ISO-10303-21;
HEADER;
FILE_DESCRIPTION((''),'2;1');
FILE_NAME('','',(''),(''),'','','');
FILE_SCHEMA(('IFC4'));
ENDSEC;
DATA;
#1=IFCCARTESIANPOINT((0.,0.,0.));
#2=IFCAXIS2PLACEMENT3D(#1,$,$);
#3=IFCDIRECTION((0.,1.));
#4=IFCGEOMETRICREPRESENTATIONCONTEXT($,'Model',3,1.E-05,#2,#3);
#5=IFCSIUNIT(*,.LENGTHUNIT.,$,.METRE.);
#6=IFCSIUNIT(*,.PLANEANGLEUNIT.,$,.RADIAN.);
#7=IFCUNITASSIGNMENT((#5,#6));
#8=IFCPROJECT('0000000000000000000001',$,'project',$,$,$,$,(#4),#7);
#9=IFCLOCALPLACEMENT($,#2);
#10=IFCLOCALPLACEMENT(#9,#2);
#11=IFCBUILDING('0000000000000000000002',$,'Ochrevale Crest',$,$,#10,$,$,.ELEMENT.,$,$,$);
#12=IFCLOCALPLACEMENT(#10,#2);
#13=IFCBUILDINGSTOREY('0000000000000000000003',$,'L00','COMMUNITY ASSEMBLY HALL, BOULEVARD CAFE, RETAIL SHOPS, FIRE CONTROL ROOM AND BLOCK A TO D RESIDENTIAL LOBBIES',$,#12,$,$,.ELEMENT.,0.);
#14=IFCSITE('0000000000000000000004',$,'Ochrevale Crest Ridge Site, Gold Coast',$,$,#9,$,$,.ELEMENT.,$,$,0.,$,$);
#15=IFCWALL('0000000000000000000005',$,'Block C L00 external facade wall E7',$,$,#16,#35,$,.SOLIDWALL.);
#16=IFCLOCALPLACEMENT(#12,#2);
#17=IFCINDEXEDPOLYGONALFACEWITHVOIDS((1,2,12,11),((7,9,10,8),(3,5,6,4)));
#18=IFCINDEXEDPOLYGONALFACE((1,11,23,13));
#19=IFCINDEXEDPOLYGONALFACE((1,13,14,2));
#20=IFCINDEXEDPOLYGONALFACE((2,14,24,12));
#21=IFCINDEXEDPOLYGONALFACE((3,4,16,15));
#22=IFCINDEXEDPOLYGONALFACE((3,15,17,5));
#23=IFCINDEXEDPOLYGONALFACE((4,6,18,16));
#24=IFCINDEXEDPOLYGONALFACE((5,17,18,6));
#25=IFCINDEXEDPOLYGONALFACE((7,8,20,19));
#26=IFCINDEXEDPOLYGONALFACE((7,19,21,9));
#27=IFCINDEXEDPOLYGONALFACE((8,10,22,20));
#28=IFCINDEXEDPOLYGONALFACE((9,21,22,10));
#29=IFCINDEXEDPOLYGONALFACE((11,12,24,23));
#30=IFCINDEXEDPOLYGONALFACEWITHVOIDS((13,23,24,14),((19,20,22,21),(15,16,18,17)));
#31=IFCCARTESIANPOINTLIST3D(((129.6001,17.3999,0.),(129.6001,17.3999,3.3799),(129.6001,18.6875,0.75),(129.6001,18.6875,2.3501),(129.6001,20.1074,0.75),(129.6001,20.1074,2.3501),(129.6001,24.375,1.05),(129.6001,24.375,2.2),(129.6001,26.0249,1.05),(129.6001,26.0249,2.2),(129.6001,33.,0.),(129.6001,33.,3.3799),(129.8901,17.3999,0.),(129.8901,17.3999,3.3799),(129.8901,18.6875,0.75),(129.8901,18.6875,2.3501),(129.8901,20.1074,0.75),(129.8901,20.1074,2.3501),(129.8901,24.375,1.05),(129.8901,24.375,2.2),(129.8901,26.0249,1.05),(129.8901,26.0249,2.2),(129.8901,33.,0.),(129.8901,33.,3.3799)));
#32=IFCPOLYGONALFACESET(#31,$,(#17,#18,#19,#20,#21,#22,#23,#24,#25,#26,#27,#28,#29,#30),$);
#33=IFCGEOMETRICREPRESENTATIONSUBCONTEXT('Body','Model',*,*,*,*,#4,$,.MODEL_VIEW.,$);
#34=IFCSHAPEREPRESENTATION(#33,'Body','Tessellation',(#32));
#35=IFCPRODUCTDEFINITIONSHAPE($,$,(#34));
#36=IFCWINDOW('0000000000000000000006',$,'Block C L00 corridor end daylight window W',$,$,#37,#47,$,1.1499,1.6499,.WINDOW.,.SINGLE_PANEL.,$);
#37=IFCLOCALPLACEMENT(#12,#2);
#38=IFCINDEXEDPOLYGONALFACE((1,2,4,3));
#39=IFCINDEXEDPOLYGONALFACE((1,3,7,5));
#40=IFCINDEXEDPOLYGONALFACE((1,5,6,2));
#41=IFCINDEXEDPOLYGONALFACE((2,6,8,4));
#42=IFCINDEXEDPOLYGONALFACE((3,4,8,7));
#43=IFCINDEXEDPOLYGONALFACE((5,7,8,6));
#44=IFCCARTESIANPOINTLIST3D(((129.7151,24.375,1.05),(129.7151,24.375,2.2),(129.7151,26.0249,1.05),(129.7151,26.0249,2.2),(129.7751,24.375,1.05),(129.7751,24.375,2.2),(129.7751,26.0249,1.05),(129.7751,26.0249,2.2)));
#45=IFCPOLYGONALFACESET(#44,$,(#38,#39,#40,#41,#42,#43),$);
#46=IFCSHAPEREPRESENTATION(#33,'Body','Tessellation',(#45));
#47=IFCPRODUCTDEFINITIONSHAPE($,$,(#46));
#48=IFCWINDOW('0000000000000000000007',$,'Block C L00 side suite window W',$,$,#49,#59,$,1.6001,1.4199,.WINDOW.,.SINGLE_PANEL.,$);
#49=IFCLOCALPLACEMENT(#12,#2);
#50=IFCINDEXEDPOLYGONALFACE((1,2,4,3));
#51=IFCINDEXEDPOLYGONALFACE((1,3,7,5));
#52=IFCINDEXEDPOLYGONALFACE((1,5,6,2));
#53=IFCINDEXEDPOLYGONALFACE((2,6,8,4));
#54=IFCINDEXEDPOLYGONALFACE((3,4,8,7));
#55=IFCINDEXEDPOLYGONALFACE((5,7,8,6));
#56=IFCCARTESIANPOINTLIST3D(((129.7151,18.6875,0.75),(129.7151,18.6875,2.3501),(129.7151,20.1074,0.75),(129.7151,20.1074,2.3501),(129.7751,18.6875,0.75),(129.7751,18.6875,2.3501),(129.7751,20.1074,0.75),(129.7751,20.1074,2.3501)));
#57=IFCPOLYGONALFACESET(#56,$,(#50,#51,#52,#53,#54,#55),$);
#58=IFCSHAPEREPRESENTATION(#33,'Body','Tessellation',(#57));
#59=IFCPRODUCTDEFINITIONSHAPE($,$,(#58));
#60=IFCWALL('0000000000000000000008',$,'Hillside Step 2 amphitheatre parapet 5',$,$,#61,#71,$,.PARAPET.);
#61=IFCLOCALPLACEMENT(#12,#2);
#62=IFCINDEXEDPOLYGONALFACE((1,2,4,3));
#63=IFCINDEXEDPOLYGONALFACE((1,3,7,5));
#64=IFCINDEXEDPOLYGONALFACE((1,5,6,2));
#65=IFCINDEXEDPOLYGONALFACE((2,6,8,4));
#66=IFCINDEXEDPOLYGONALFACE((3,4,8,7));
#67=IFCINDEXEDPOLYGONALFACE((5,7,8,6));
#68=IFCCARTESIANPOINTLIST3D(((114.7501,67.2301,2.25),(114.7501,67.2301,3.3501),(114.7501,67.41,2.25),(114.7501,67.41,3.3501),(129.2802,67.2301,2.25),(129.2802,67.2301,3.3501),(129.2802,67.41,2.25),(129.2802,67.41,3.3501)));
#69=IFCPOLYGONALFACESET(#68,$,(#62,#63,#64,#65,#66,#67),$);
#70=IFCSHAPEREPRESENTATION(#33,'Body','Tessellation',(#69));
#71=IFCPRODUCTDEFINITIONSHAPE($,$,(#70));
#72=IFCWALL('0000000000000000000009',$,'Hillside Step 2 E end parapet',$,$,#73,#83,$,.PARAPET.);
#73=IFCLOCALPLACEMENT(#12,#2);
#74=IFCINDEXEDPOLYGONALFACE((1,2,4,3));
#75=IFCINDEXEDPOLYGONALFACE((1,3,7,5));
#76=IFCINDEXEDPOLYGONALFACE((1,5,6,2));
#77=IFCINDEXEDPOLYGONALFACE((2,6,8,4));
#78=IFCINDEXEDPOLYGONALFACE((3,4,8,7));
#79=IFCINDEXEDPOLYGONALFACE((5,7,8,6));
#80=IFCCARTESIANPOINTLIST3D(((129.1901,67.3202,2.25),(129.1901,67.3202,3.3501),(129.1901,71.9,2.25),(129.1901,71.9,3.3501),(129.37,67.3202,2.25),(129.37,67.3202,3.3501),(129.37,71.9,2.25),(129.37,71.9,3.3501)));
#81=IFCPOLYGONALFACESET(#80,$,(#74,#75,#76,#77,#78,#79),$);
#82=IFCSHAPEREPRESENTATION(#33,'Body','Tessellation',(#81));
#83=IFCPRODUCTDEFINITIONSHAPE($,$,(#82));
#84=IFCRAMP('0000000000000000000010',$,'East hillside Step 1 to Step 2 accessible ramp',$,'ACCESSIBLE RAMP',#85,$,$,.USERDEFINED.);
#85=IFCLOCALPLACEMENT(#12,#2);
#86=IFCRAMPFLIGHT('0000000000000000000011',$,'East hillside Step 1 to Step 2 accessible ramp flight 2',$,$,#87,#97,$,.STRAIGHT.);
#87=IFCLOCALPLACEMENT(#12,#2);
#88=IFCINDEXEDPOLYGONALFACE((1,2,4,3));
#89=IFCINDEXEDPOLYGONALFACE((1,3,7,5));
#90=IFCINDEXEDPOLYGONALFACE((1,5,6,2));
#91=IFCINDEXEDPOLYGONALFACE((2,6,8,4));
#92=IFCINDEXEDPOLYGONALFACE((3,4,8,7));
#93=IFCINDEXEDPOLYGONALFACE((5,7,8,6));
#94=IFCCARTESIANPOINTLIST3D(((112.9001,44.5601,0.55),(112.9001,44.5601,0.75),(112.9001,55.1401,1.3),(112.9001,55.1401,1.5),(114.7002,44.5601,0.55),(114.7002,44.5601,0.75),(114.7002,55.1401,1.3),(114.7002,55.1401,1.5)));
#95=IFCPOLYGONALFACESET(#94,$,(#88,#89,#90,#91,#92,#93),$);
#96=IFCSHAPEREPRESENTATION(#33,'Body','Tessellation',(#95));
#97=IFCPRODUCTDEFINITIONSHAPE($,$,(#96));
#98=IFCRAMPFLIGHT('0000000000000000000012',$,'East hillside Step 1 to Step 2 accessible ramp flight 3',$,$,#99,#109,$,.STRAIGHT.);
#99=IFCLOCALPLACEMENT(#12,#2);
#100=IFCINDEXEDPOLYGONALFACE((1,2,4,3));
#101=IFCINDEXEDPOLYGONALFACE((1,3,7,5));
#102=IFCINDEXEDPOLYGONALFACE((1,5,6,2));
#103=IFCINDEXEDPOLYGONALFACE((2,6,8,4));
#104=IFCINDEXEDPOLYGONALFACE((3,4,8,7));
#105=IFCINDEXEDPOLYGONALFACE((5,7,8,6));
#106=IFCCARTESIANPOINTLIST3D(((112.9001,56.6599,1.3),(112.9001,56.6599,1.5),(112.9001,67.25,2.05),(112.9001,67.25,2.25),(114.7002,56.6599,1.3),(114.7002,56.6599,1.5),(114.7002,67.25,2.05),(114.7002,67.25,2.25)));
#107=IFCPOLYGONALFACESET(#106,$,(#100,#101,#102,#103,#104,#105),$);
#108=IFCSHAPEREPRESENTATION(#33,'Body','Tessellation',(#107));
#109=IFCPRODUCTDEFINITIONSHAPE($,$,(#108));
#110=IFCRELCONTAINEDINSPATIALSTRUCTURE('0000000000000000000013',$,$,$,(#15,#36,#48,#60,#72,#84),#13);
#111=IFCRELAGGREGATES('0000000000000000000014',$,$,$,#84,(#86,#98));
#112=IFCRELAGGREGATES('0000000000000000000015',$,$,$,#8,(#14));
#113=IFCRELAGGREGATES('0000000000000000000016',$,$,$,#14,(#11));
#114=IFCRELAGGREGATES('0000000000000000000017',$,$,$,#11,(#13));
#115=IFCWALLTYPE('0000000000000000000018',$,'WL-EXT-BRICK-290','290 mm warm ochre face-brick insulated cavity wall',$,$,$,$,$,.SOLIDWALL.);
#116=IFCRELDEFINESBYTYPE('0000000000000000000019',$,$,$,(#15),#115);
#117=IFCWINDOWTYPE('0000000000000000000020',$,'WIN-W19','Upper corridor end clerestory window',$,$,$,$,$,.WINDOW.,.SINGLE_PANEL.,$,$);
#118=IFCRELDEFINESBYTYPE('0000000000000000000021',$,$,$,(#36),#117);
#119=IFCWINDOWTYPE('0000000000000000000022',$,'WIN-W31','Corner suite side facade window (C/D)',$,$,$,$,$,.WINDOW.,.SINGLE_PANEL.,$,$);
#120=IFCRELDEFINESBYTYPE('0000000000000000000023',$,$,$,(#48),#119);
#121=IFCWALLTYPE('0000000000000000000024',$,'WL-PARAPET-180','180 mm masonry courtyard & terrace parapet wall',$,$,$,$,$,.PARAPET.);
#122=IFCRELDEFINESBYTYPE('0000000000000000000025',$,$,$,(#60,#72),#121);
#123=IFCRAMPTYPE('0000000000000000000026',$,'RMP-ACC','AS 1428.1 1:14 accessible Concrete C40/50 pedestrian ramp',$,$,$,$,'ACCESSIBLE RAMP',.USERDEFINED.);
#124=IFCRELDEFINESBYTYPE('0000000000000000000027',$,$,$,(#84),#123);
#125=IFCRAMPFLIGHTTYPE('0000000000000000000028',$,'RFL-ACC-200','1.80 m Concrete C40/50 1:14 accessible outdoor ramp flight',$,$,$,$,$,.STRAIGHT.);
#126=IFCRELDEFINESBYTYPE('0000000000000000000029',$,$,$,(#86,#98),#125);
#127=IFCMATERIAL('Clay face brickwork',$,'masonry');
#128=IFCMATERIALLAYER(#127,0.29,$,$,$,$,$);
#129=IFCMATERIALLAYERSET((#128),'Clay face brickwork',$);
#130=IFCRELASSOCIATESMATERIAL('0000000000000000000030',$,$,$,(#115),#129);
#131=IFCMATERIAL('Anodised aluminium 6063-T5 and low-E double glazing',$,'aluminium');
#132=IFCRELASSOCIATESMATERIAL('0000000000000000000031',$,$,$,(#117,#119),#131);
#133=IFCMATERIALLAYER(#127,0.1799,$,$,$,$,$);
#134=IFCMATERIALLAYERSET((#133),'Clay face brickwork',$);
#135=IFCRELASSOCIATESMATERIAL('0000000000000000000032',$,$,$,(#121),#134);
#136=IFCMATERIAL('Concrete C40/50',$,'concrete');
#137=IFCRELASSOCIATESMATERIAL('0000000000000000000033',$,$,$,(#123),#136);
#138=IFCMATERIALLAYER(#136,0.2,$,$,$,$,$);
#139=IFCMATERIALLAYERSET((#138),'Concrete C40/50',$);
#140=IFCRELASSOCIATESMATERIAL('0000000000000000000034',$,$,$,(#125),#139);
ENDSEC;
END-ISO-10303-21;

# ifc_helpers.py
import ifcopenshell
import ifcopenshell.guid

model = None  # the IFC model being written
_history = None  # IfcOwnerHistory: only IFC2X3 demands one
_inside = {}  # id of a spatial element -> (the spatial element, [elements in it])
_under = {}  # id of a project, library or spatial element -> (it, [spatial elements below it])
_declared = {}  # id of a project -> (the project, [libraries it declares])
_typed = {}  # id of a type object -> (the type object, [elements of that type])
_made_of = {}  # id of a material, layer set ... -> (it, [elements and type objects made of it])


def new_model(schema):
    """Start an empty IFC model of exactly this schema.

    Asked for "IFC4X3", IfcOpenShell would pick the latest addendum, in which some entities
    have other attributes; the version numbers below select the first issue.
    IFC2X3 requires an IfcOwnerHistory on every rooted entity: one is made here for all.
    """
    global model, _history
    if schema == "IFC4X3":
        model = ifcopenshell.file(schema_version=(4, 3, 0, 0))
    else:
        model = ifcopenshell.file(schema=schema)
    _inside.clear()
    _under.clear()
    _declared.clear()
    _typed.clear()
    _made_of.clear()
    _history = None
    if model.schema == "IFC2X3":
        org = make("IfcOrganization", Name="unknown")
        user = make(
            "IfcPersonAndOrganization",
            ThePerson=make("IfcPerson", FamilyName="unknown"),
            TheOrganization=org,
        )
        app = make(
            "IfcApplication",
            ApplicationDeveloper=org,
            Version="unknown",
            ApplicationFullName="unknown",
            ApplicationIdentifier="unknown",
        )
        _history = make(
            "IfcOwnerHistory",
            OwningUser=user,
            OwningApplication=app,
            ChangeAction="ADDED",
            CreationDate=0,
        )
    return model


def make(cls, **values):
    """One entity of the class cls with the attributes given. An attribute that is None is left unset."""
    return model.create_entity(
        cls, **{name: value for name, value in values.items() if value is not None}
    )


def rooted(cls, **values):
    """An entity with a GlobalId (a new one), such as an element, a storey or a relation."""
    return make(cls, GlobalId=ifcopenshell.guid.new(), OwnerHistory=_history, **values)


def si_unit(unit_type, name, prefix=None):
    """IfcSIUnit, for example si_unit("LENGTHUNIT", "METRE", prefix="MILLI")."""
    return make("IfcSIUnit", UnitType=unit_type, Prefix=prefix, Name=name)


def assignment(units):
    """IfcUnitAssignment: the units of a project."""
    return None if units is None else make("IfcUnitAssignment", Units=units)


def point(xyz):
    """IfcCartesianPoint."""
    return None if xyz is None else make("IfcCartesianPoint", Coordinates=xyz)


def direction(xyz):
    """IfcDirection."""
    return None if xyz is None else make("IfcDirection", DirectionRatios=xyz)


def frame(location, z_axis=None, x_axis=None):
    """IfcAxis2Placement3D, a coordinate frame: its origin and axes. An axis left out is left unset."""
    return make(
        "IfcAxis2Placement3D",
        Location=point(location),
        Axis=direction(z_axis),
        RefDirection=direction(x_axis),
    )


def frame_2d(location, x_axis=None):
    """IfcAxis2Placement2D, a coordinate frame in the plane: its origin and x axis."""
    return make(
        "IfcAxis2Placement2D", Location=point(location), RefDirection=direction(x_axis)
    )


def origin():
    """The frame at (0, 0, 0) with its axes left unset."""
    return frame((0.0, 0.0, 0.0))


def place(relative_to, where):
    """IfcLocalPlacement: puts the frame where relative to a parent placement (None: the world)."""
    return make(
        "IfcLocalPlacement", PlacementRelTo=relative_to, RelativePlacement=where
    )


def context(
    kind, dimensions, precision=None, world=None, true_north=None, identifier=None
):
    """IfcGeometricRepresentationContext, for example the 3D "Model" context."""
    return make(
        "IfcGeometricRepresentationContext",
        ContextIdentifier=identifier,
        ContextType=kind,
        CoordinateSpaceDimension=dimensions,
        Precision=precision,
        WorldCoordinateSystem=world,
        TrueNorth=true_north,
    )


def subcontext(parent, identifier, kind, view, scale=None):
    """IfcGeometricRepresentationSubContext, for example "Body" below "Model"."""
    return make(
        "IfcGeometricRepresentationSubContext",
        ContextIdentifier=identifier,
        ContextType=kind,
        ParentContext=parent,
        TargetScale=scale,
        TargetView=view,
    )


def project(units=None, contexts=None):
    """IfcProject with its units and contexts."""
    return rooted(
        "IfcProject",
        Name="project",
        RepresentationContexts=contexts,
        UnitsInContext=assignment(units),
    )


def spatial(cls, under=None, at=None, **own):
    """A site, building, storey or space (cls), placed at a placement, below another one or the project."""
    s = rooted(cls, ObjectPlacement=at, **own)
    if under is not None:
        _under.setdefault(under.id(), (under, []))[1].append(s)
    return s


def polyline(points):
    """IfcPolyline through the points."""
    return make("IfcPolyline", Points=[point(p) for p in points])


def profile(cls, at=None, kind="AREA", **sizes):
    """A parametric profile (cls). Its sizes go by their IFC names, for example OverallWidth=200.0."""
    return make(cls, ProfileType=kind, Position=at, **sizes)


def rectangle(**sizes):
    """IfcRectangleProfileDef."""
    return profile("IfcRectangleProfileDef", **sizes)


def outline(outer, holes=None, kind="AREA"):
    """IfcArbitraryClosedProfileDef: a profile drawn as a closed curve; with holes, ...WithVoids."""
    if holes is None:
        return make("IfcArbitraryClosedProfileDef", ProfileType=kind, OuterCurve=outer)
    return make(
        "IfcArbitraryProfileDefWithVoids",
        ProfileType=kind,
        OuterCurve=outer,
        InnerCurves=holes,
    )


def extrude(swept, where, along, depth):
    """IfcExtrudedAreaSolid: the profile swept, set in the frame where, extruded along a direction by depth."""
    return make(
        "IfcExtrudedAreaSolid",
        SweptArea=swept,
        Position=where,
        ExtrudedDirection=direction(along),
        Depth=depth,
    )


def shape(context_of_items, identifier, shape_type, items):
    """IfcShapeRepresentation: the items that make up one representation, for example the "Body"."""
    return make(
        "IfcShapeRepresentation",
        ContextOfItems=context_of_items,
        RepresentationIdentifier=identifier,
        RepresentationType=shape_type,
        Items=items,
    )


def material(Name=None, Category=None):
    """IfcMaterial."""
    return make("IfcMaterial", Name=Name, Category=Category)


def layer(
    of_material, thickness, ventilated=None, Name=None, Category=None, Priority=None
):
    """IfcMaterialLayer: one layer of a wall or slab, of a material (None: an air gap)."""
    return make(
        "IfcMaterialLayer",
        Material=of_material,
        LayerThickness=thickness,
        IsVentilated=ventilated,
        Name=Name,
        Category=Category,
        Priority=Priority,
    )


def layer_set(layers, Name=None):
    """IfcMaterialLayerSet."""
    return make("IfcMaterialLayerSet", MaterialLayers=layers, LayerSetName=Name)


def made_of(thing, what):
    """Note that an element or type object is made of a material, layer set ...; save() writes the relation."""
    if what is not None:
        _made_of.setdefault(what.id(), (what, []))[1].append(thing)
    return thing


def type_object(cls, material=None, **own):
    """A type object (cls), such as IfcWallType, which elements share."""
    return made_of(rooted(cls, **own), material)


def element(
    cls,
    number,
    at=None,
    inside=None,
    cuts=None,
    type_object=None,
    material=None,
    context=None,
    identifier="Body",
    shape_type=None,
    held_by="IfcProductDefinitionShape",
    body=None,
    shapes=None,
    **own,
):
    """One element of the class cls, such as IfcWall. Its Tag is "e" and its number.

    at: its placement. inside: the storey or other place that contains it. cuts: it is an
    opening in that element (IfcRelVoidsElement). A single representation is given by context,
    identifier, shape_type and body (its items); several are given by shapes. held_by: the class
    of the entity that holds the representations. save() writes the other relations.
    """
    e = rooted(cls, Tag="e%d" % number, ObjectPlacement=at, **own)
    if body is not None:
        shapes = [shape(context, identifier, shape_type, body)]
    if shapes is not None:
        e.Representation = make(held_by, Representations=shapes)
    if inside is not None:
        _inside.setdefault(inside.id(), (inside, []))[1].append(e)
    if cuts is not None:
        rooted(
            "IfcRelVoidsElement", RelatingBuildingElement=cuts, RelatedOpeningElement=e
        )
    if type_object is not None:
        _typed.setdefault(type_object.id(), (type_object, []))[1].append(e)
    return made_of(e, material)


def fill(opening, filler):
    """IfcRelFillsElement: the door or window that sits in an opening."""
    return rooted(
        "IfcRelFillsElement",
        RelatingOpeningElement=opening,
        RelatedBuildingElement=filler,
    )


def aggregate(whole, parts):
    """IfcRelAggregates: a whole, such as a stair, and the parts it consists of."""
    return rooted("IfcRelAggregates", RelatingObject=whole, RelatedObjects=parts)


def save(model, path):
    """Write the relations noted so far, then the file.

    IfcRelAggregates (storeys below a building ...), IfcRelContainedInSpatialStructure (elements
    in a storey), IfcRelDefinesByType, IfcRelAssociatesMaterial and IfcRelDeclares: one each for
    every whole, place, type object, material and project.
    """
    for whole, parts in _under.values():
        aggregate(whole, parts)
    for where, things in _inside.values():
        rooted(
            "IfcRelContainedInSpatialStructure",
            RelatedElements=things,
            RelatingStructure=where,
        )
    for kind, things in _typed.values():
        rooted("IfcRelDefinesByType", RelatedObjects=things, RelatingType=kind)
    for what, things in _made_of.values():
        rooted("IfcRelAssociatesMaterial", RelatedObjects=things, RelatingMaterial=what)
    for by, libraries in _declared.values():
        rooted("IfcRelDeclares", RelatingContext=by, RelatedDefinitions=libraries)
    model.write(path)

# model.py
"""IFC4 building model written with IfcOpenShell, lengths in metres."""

from ifc_helpers import new_model, si_unit, direction, frame, frame_2d, origin, place, context, subcontext, project, spatial, polyline, rectangle, outline, extrude, material, layer, layer_set, type_object, element, fill, aggregate, save


model = new_model("IFC4")

# Units and contexts
model_context = context("Model", 3, precision=1e-05, world=origin(), true_north=direction((0.0, 1.0)))
body_context = subcontext(model_context, "Body", "Model", "MODEL_VIEW")
ifc_project = project(units=[si_unit("LENGTHUNIT", "METRE"), si_unit("PLANEANGLEUNIT", "RADIAN")], contexts=[model_context])

# Site, building, storey
site_placement = place(None, origin())
site = spatial("IfcSite", under=ifc_project, at=site_placement, Name="Ochrevale Crest Ridge Site, Gold Coast", CompositionType="ELEMENT", RefElevation=0.0)
building_placement = place(site_placement, origin())
building = spatial("IfcBuilding", under=site, at=building_placement, Name="Ochrevale Crest", CompositionType="ELEMENT")
storey_placement = place(building_placement, origin())
storey = spatial("IfcBuildingStorey", under=building, at=storey_placement, Name="L00", Description="COMMUNITY ASSEMBLY HALL, BOULEVARD CAFE, RETAIL SHOPS, FIRE CONTROL ROOM AND BLOCK A TO D RESIDENTIAL LOBBIES", CompositionType="ELEMENT", Elevation=0.0)

# Shared definitions
ifc_material_1 = material(Name="Clay face brickwork", Category="masonry")
ifc_layer_1 = layer(ifc_material_1, 0.29)
ifc_layer_set_1 = layer_set([ifc_layer_1], Name="Clay face brickwork")
wall_type_1 = type_object("IfcWallType", Name="WL-EXT-BRICK-290", Description="290 mm warm ochre face-brick insulated cavity wall", PredefinedType="SOLIDWALL", material=ifc_layer_set_1)
ifc_material_2 = material(Name="Anodised aluminium 6063-T5 and low-E double glazing", Category="aluminium")

# Wall, openings, windows
wall_1_placement = place(storey_placement, frame((129.7451, 33.0, 0.0), z_axis=(0.0, 0.0, 1.0), x_axis=(0.0, -1.0, 0.0)))
wall_1 = element("IfcWall", 1, at=wall_1_placement, inside=storey, type_object=wall_type_1, Name="Block C L00 external facade wall E7", PredefinedType="SOLIDWALL", context=body_context, shape_type="SweptSolid", body=[
    extrude(rectangle(XDim=15.6001, YDim=0.29, at=frame_2d((7.8, 0.0))), origin(), (0.0, 0.0, 1.0), 3.3799),
])
opening_1_placement = place(wall_1_placement, frame((6.9751, 0.0, 1.05)))
opening_1 = element("IfcOpeningElement", 2, at=opening_1_placement, cuts=wall_1, PredefinedType="OPENING", context=body_context, shape_type="SweptSolid", body=[
    extrude(rectangle(XDim=1.6499, YDim=1.1499, at=frame_2d((0.825, 0.575))), frame((0.0, 0.155, 0.0), z_axis=(0.0, -1.0, 0.0), x_axis=(1.0, 0.0, 0.0)), (0.0, 0.0, 1.0), 0.3101),
])
opening_2_placement = place(wall_1_placement, frame((12.8926, 0.0, 0.75)))
opening_2 = element("IfcOpeningElement", 3, at=opening_2_placement, cuts=wall_1, PredefinedType="OPENING", context=body_context, shape_type="SweptSolid", body=[
    extrude(rectangle(XDim=1.4199, YDim=1.6001, at=frame_2d((0.71, 0.8))), frame((0.0, 0.155, 0.0), z_axis=(0.0, -1.0, 0.0), x_axis=(1.0, 0.0, 0.0)), (0.0, 0.0, 1.0), 0.3101),
])
window_type_1 = type_object("IfcWindowType", Name="WIN-W19", Description="Upper corridor end clerestory window", PartitioningType="SINGLE_PANEL", PredefinedType="WINDOW", material=ifc_material_2)
window_1_placement = place(opening_1_placement, origin())
window_1 = element("IfcWindow", 4, at=window_1_placement, inside=storey, type_object=window_type_1, Name="Block C L00 corridor end daylight window W", OverallHeight=1.1499, OverallWidth=1.6499, PartitioningType="SINGLE_PANEL", PredefinedType="WINDOW", context=body_context, shape_type="SweptSolid", body=[
    extrude(rectangle(XDim=1.6499, YDim=1.1499, at=frame_2d((0.825, 0.575))), frame((0.0, 0.03, 0.0), z_axis=(0.0, -1.0, 0.0), x_axis=(1.0, 0.0, 0.0)), (0.0, 0.0, 1.0), 0.0601),
])
fill(opening_1, window_1)
window_type_2 = type_object("IfcWindowType", Name="WIN-W31", Description="Corner suite side facade window (C/D)", PartitioningType="SINGLE_PANEL", PredefinedType="WINDOW", material=ifc_material_2)
window_2_placement = place(opening_2_placement, origin())
window_2 = element("IfcWindow", 5, at=window_2_placement, inside=storey, type_object=window_type_2, Name="Block C L00 side suite window W", OverallHeight=1.6001, OverallWidth=1.4199, PartitioningType="SINGLE_PANEL", PredefinedType="WINDOW", context=body_context, shape_type="SweptSolid", body=[
    extrude(rectangle(XDim=1.4199, YDim=1.6001, at=frame_2d((0.71, 0.8))), frame((0.0, 0.03, 0.0), z_axis=(0.0, -1.0, 0.0), x_axis=(1.0, 0.0, 0.0)), (0.0, 0.0, 1.0), 0.0601),
])
fill(opening_2, window_2)

# Walls
ifc_layer_2 = layer(ifc_material_1, 0.1799)
ifc_layer_set_2 = layer_set([ifc_layer_2], Name="Clay face brickwork")
wall_type_2 = type_object("IfcWallType", Name="WL-PARAPET-180", Description="180 mm masonry courtyard & terrace parapet wall", PredefinedType="PARAPET", material=ifc_layer_set_2)
wall_2_placement = place(storey_placement, frame((114.75, 67.3201, 2.25), z_axis=(0.0, 0.0, 1.0), x_axis=(1.0, 0.0, 0.0)))
element("IfcWall", 6, at=wall_2_placement, inside=storey, type_object=wall_type_2, Name="Hillside Step 2 amphitheatre parapet 5", PredefinedType="PARAPET", context=body_context, shape_type="SweptSolid", body=[
    extrude(rectangle(XDim=14.53, YDim=0.1799, at=frame_2d((7.2651, 0.0))), origin(), (0.0, 0.0, 1.0), 1.1001),
])
wall_3_placement = place(storey_placement, frame((129.28, 67.3201, 2.25), z_axis=(0.0, 0.0, 1.0), x_axis=(0.0, 1.0, 0.0)))
element("IfcWall", 7, at=wall_3_placement, inside=storey, type_object=wall_type_2, Name="Hillside Step 2 E end parapet", PredefinedType="PARAPET", context=body_context, shape_type="SweptSolid", body=[
    extrude(rectangle(XDim=4.5798, YDim=0.1799, at=frame_2d((2.29, 0.0))), origin(), (0.0, 0.0, 1.0), 1.1001),
])

# Ramp, ramp flights
ifc_material_3 = material(Name="Concrete C40/50", Category="concrete")
ramp_type = type_object("IfcRampType", Name="RMP-ACC", Description="AS 1428.1 1:14 accessible Concrete C40/50 pedestrian ramp", ElementType="ACCESSIBLE RAMP", PredefinedType="USERDEFINED", material=ifc_material_3)
ramp_placement = place(storey_placement, origin())
ramp = element("IfcRamp", 8, at=ramp_placement, inside=storey, type_object=ramp_type, Name="East hillside Step 1 to Step 2 accessible ramp", ObjectType="ACCESSIBLE RAMP", PredefinedType="USERDEFINED")
ifc_layer_3 = layer(ifc_material_3, 0.2)
ifc_layer_set_3 = layer_set([ifc_layer_3], Name="Concrete C40/50")
ramp_flight_type = type_object("IfcRampFlightType", Name="RFL-ACC-200", Description="1.80 m Concrete C40/50 1:14 accessible outdoor ramp flight", PredefinedType="STRAIGHT", material=ifc_layer_set_3)
ramp_flight_1_placement = place(storey_placement, frame((113.8, 44.5601, 0.75), z_axis=(0.0, 0.0, 1.0), x_axis=(0.0, 1.0, 0.0)))
ramp_flight_1 = element("IfcRampFlight", 9, at=ramp_flight_1_placement, type_object=ramp_flight_type, Name="East hillside Step 1 to Step 2 accessible ramp flight 2", PredefinedType="STRAIGHT", context=body_context, shape_type="SweptSolid", body=[
    extrude(outline(polyline([(0.0, -0.2), (10.5801, 0.55), (10.5801, 0.75), (0.0, 0.0), (0.0, -0.2)])), frame((0.0, 0.8999, 0.0), z_axis=(0.0, -1.0, 0.0), x_axis=(1.0, 0.0, 0.0)), (0.0, 0.0, 1.0), 1.8),
])
ramp_flight_2_placement = place(storey_placement, frame((113.8, 56.6599, 1.5), z_axis=(0.0, 0.0, 1.0), x_axis=(0.0, 1.0, 0.0)))
ramp_flight_2 = element("IfcRampFlight", 10, at=ramp_flight_2_placement, type_object=ramp_flight_type, Name="East hillside Step 1 to Step 2 accessible ramp flight 3", PredefinedType="STRAIGHT", context=body_context, shape_type="SweptSolid", body=[
    extrude(outline(polyline([(0.0, -0.2), (10.5901, 0.55), (10.5901, 0.75), (0.0, 0.0), (0.0, -0.2)])), frame((0.0, 0.8999, 0.0), z_axis=(0.0, -1.0, 0.0), x_axis=(1.0, 0.0, 0.0)), (0.0, 0.0, 1.0), 1.8),
])
aggregate(ramp, [ramp_flight_1, ramp_flight_2])

save(model, "model.ifc")
